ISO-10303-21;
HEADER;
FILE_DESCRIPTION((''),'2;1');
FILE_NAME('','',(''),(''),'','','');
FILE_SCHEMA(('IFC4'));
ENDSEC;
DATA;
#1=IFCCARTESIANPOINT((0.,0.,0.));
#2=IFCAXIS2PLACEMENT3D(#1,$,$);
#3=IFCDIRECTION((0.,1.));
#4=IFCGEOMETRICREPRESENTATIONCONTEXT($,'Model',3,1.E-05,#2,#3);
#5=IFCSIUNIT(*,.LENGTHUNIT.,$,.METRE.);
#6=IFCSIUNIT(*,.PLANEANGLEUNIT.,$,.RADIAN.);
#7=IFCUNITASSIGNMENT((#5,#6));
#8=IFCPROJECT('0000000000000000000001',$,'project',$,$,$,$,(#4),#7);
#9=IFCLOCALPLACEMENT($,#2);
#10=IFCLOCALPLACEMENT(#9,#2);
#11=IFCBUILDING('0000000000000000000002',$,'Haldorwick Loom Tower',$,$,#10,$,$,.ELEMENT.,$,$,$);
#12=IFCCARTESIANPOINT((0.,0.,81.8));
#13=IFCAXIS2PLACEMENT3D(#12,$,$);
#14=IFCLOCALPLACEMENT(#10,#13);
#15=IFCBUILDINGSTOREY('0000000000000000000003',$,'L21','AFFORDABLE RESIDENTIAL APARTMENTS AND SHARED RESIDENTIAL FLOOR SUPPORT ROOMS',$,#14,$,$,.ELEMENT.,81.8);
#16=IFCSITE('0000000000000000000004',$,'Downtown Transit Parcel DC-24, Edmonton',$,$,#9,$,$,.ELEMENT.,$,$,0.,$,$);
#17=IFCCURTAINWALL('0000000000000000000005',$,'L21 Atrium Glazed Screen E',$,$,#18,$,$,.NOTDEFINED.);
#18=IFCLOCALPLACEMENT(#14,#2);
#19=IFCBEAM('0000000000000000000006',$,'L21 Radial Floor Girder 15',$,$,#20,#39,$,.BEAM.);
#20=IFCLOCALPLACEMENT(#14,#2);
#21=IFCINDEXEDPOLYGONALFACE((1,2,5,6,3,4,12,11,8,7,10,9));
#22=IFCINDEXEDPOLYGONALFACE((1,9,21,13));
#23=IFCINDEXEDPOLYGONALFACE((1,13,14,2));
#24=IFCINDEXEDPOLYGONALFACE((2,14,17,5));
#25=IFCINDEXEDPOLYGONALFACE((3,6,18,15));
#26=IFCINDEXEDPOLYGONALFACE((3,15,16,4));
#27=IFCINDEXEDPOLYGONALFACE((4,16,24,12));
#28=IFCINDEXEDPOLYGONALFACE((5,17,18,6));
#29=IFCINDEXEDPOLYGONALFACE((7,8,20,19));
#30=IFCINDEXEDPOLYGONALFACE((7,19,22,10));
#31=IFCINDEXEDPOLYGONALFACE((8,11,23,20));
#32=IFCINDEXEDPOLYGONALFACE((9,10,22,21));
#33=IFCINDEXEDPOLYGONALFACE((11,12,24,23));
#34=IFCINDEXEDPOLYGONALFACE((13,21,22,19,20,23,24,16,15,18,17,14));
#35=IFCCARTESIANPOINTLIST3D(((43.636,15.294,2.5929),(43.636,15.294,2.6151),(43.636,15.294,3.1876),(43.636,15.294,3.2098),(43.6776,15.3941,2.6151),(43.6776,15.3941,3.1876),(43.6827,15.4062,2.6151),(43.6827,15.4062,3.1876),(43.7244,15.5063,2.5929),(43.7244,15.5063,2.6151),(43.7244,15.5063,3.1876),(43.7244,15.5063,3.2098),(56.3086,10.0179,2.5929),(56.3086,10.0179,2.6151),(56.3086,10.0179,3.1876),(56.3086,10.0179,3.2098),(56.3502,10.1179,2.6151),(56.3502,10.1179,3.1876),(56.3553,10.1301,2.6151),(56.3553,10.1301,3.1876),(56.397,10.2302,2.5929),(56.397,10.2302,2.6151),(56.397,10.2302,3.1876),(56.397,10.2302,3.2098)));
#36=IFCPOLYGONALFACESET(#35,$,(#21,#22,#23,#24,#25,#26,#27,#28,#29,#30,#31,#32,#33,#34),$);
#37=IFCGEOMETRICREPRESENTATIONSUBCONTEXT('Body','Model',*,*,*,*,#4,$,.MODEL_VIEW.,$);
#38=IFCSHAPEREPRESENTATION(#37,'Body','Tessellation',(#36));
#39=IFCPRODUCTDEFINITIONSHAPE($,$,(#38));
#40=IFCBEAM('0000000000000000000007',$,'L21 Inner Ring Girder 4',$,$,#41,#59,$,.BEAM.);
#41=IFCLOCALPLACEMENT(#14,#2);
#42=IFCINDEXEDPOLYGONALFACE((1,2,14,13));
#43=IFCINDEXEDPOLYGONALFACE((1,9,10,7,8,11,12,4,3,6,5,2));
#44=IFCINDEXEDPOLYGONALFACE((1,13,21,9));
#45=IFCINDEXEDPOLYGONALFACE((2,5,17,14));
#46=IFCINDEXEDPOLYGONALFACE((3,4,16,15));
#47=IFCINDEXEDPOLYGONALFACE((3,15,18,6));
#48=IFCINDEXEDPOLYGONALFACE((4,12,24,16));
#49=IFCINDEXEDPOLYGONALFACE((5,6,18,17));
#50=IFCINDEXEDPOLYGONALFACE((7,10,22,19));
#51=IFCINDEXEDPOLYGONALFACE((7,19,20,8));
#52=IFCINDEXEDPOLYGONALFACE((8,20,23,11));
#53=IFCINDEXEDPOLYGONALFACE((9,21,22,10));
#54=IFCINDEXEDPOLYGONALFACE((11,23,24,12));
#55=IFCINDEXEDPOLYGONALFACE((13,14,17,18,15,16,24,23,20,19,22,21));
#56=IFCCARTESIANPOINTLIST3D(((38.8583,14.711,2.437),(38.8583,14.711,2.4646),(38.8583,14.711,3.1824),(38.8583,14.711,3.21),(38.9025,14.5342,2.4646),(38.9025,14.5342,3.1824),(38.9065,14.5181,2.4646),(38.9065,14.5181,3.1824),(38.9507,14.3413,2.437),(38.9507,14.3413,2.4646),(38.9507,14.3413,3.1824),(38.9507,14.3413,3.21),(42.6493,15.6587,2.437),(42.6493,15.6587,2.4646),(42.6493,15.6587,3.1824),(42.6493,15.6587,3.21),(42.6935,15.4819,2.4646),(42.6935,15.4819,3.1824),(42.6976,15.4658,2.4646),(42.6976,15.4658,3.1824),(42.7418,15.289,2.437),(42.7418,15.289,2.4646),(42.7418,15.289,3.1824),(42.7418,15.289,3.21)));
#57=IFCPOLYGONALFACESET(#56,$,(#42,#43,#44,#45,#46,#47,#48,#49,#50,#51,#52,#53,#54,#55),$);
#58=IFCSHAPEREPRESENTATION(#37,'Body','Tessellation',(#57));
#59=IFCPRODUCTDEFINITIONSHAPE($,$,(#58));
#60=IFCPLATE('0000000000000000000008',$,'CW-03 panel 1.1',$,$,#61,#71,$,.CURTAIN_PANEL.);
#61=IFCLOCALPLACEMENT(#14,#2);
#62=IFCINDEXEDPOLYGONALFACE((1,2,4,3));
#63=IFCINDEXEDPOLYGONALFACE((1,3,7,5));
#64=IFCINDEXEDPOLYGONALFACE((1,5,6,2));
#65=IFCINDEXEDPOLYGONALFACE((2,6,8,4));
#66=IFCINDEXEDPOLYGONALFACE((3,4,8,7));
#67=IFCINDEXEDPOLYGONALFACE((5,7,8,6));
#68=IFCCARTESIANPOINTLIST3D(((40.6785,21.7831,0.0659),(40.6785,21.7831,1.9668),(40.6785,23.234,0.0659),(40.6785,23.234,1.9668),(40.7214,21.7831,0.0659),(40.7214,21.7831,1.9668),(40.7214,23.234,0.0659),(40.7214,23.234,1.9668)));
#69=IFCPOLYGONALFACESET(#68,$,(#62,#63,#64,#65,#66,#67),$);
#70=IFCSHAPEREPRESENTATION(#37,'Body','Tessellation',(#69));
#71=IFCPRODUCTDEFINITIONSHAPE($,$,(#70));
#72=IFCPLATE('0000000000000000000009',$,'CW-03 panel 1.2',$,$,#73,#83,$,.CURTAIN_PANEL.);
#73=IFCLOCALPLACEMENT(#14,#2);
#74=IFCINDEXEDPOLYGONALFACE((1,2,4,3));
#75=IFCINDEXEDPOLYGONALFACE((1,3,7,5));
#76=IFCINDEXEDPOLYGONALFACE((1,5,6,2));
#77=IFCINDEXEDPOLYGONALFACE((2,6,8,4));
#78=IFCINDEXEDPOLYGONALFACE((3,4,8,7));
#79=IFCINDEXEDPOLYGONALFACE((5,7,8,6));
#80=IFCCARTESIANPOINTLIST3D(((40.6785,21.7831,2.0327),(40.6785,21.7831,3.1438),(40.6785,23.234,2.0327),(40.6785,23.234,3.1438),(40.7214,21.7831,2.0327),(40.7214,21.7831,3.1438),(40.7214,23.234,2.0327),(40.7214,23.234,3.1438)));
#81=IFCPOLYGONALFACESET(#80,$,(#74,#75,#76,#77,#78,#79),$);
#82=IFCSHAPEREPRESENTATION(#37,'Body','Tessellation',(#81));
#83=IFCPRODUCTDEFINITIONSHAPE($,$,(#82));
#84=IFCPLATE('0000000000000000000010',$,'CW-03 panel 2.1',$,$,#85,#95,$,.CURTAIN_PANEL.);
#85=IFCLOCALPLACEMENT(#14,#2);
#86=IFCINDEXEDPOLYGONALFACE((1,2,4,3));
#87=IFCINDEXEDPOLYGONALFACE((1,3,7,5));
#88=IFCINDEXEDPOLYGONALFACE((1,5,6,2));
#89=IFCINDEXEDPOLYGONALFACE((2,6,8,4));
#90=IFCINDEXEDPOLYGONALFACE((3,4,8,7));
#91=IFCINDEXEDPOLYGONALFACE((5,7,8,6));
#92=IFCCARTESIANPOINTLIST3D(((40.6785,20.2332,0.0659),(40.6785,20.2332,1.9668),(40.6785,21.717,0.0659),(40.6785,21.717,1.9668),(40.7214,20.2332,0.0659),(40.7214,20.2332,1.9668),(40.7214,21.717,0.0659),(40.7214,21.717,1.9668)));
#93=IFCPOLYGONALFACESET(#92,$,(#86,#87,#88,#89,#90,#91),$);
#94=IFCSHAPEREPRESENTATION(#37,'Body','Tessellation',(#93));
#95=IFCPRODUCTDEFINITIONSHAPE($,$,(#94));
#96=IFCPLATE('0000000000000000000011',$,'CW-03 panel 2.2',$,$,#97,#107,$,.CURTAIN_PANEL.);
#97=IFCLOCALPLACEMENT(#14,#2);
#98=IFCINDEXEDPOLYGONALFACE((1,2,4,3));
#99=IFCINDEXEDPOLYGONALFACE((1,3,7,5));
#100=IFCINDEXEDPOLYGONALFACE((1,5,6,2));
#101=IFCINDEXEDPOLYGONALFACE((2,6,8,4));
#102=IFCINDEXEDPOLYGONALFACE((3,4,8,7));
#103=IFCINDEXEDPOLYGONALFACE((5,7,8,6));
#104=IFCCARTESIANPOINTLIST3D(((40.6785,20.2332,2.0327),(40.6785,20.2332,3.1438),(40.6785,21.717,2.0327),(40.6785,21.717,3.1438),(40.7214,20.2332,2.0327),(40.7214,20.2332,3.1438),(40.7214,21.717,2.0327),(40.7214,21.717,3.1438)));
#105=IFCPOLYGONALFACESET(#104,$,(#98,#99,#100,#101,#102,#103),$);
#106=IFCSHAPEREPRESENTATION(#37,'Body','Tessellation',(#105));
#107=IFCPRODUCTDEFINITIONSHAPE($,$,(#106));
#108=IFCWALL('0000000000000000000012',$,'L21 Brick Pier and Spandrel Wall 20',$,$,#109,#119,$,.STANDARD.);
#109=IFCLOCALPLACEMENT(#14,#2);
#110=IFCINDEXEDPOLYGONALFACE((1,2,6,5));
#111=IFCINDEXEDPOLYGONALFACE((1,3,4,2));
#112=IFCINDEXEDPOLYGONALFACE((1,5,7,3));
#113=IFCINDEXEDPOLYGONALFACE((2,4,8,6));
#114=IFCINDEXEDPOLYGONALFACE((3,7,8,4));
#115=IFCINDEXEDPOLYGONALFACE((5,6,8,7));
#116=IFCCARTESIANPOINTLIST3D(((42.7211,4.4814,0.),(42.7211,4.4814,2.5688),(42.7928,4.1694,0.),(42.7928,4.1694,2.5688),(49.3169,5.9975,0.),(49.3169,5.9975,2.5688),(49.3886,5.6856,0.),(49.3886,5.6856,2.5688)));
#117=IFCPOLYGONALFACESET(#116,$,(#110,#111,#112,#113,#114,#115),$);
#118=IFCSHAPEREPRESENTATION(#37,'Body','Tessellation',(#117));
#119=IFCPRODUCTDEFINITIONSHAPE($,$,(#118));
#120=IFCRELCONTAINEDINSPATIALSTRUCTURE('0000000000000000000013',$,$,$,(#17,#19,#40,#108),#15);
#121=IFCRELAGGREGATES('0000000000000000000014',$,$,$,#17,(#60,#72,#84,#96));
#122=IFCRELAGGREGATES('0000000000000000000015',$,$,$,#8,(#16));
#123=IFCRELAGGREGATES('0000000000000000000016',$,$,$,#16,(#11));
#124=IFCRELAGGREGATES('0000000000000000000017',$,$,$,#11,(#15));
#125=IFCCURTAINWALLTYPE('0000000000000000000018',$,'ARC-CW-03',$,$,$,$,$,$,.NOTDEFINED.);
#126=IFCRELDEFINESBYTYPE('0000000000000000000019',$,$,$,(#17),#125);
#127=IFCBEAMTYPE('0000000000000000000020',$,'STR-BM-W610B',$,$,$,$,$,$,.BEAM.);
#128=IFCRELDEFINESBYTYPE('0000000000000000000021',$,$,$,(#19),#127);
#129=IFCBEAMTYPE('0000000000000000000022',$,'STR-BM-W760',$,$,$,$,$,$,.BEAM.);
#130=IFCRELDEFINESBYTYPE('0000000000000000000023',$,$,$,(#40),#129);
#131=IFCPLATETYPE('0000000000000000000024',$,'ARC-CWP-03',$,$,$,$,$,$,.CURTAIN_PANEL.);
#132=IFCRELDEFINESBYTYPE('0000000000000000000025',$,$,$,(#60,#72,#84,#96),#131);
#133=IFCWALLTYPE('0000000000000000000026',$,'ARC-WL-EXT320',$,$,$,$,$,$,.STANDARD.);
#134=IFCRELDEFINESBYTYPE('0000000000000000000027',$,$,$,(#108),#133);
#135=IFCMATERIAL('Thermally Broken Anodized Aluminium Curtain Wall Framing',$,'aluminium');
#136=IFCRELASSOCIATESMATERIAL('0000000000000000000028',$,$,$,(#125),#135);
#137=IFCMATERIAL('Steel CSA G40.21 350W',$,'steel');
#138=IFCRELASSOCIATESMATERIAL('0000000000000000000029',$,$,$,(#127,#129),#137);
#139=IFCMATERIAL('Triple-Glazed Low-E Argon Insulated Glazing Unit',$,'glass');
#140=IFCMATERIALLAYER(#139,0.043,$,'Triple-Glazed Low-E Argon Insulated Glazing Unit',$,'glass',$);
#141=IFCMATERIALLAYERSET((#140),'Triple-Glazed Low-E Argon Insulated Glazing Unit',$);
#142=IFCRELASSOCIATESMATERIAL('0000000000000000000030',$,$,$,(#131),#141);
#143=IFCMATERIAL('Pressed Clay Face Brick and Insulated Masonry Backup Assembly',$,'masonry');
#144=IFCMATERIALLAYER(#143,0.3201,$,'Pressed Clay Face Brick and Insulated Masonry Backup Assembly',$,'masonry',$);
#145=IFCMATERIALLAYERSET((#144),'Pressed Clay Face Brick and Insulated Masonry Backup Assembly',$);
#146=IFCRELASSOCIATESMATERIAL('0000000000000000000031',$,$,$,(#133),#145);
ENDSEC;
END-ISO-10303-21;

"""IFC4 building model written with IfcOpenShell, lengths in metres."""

from ifc_helpers import new_model, si_unit, direction, frame, frame_2d, origin, origin_2d, place, context, subcontext, project, spatial, rectangle, i_section, extrude, material, layer, layer_set, material_profile, profile_set, type_object, element, aggregate, save


model = new_model("IFC4")

# Units and contexts
model_context = context("Model", 3, precision=1e-05, world=origin(), true_north=direction((0.0, 1.0)))
body_context = subcontext(model_context, "Body", "Model", "MODEL_VIEW")
ifc_project = project(units=[si_unit("LENGTHUNIT", "METRE"), si_unit("PLANEANGLEUNIT", "RADIAN")], contexts=[model_context])

# Site, building, storey
site_placement = place(None, origin())
site = spatial("IfcSite", under=ifc_project, at=site_placement, Name="Downtown Transit Parcel DC-24, Edmonton", CompositionType="ELEMENT", RefElevation=0.0)
building_placement = place(site_placement, origin())
building = spatial("IfcBuilding", under=site, at=building_placement, Name="Haldorwick Loom Tower", CompositionType="ELEMENT")
storey_placement = place(building_placement, frame((0.0, 0.0, 81.8)))
storey = spatial("IfcBuildingStorey", under=building, at=storey_placement, Name="L21", Description="AFFORDABLE RESIDENTIAL APARTMENTS AND SHARED RESIDENTIAL FLOOR SUPPORT ROOMS", CompositionType="ELEMENT", Elevation=81.8)

# Curtain wall
ifc_material_1 = material(Name="Thermally Broken Anodized Aluminium Curtain Wall Framing", Category="aluminium")
curtain_wall_type = type_object("IfcCurtainWallType", Name="ARC-CW-03", PredefinedType="NOTDEFINED", material=ifc_material_1)
curtain_wall_placement = place(storey_placement, origin())
curtain_wall = element("IfcCurtainWall", 1, at=curtain_wall_placement, inside=storey, type_object=curtain_wall_type, Name="L21 Atrium Glazed Screen E", PredefinedType="NOTDEFINED")

# Beams
ifc_material_2 = material(Name="Steel CSA G40.21 350W", Category="steel")
ifc_material_profile_1 = material_profile(ifc_material_2, i_section(OverallWidth=0.23, OverallDepth=0.6169, WebThickness=0.0132, FlangeThickness=0.0222, at=origin_2d()), Name="W610X140", Category="steel")
ifc_profile_set_1 = profile_set([ifc_material_profile_1], Name="Steel CSA G40.21 350W")
beam_type_1 = type_object("IfcBeamType", Name="STR-BM-W610B", PredefinedType="BEAM", material=ifc_profile_set_1)
beam_1_placement = place(storey_placement, frame((43.6802, 15.4001, 2.9014), z_axis=(0.923184, -0.384359, 0.0), x_axis=(0.384359, 0.923184, 0.0)))
element("IfcBeam", 2, at=beam_1_placement, inside=storey, type_object=beam_type_1, Name="L21 Radial Floor Girder 15", PredefinedType="BEAM", context=body_context, shape_type="SweptSolid", body=[
    extrude(i_section(OverallWidth=0.23, OverallDepth=0.6169, WebThickness=0.0132, FlangeThickness=0.0222, at=origin_2d()), origin(), (0.0, 0.0, 1.0), 13.7271),
])
ifc_material_profile_2 = material_profile(ifc_material_2, i_section(OverallWidth=0.3811, OverallDepth=0.7729, WebThickness=0.0166, FlangeThickness=0.0276, at=origin_2d()), Name="W760X257", Category="steel")
ifc_profile_set_2 = profile_set([ifc_material_profile_2], Name="Steel CSA G40.21 350W")
beam_type_2 = type_object("IfcBeamType", Name="STR-BM-W760", PredefinedType="BEAM", material=ifc_profile_set_2)
beam_2_placement = place(storey_placement, frame((42.6956, 15.4739, 2.8235), z_axis=(-0.970143, -0.242536, 0.0), x_axis=(0.242536, -0.970143, 0.0)))
element("IfcBeam", 3, at=beam_2_placement, inside=storey, type_object=beam_type_2, Name="L21 Inner Ring Girder 4", PredefinedType="BEAM", context=body_context, shape_type="SweptSolid", body=[
    extrude(i_section(OverallWidth=0.3811, OverallDepth=0.7729, WebThickness=0.0166, FlangeThickness=0.0276, at=origin_2d()), origin(), (0.0, 0.0, 1.0), 3.9077),
])

# Plates
ifc_material_3 = material(Name="Triple-Glazed Low-E Argon Insulated Glazing Unit", Category="glass")
ifc_layer_1 = layer(ifc_material_3, 0.043, Name="Triple-Glazed Low-E Argon Insulated Glazing Unit", Category="glass")
ifc_layer_set_1 = layer_set([ifc_layer_1], Name="Triple-Glazed Low-E Argon Insulated Glazing Unit")
plate_type = type_object("IfcPlateType", Name="ARC-CWP-03", PredefinedType="CURTAIN_PANEL", material=ifc_layer_set_1)
plate_1_placement = place(storey_placement, frame((40.7, 22.5085, 0.0659), z_axis=(0.0, 0.0, 1.0), x_axis=(0.0, -1.0, 0.0)))
plate_1 = element("IfcPlate", 4, at=plate_1_placement, type_object=plate_type, Name="CW-03 panel 1.1", PredefinedType="CURTAIN_PANEL", context=body_context, shape_type="SweptSolid", body=[
    extrude(rectangle(XDim=1.4509, YDim=0.043, at=origin_2d()), origin(), (0.0, 0.0, 1.0), 1.9009),
])
plate_2_placement = place(storey_placement, frame((40.7, 22.5085, 2.0327), z_axis=(0.0, 0.0, 1.0), x_axis=(0.0, -1.0, 0.0)))
plate_2 = element("IfcPlate", 5, at=plate_2_placement, type_object=plate_type, Name="CW-03 panel 1.2", PredefinedType="CURTAIN_PANEL", context=body_context, shape_type="SweptSolid", body=[
    extrude(rectangle(XDim=1.4509, YDim=0.043, at=origin_2d()), origin(), (0.0, 0.0, 1.0), 1.1111),
])
plate_3_placement = place(storey_placement, frame((40.7, 20.9751, 0.0659), z_axis=(0.0, 0.0, 1.0), x_axis=(0.0, -1.0, 0.0)))
plate_3 = element("IfcPlate", 6, at=plate_3_placement, type_object=plate_type, Name="CW-03 panel 2.1", PredefinedType="CURTAIN_PANEL", context=body_context, shape_type="SweptSolid", body=[
    extrude(rectangle(XDim=1.4839, YDim=0.043, at=origin_2d()), origin(), (0.0, 0.0, 1.0), 1.9009),
])
plate_4_placement = place(storey_placement, frame((40.7, 20.9751, 2.0327), z_axis=(0.0, 0.0, 1.0), x_axis=(0.0, -1.0, 0.0)))
plate_4 = element("IfcPlate", 7, at=plate_4_placement, type_object=plate_type, Name="CW-03 panel 2.2", PredefinedType="CURTAIN_PANEL", context=body_context, shape_type="SweptSolid", body=[
    extrude(rectangle(XDim=1.4839, YDim=0.043, at=origin_2d()), origin(), (0.0, 0.0, 1.0), 1.1111),
])
aggregate(curtain_wall, [plate_1, plate_2, plate_3, plate_4])

# Wall
ifc_material_4 = material(Name="Pressed Clay Face Brick and Insulated Masonry Backup Assembly", Category="masonry")
ifc_layer_2 = layer(ifc_material_4, 0.3201, Name="Pressed Clay Face Brick and Insulated Masonry Backup Assembly", Category="masonry")
ifc_layer_set_2 = layer_set([ifc_layer_2], Name="Pressed Clay Face Brick and Insulated Masonry Backup Assembly")
wall_type_1 = type_object("IfcWallType", Name="ARC-WL-EXT320", PredefinedType="STANDARD", material=ifc_layer_set_2)
wall_1_placement = place(storey_placement, frame((42.7571, 4.3254, 0.0), z_axis=(0.0, 0.0, 1.0), x_axis=(0.974584, 0.224022, 0.0)))
element("IfcWall", 8, at=wall_1_placement, inside=storey, type_object=wall_type_1, Name="L21 Brick Pier and Spandrel Wall 20", PredefinedType="STANDARD", context=body_context, shape_type="SweptSolid", body=[
    extrude(rectangle(XDim=6.7678, YDim=0.3201, at=frame_2d((3.3838, 0.0))), origin(), (0.0, 0.0, 1.0), 2.5688),
])

save(model, "model.ifc")
